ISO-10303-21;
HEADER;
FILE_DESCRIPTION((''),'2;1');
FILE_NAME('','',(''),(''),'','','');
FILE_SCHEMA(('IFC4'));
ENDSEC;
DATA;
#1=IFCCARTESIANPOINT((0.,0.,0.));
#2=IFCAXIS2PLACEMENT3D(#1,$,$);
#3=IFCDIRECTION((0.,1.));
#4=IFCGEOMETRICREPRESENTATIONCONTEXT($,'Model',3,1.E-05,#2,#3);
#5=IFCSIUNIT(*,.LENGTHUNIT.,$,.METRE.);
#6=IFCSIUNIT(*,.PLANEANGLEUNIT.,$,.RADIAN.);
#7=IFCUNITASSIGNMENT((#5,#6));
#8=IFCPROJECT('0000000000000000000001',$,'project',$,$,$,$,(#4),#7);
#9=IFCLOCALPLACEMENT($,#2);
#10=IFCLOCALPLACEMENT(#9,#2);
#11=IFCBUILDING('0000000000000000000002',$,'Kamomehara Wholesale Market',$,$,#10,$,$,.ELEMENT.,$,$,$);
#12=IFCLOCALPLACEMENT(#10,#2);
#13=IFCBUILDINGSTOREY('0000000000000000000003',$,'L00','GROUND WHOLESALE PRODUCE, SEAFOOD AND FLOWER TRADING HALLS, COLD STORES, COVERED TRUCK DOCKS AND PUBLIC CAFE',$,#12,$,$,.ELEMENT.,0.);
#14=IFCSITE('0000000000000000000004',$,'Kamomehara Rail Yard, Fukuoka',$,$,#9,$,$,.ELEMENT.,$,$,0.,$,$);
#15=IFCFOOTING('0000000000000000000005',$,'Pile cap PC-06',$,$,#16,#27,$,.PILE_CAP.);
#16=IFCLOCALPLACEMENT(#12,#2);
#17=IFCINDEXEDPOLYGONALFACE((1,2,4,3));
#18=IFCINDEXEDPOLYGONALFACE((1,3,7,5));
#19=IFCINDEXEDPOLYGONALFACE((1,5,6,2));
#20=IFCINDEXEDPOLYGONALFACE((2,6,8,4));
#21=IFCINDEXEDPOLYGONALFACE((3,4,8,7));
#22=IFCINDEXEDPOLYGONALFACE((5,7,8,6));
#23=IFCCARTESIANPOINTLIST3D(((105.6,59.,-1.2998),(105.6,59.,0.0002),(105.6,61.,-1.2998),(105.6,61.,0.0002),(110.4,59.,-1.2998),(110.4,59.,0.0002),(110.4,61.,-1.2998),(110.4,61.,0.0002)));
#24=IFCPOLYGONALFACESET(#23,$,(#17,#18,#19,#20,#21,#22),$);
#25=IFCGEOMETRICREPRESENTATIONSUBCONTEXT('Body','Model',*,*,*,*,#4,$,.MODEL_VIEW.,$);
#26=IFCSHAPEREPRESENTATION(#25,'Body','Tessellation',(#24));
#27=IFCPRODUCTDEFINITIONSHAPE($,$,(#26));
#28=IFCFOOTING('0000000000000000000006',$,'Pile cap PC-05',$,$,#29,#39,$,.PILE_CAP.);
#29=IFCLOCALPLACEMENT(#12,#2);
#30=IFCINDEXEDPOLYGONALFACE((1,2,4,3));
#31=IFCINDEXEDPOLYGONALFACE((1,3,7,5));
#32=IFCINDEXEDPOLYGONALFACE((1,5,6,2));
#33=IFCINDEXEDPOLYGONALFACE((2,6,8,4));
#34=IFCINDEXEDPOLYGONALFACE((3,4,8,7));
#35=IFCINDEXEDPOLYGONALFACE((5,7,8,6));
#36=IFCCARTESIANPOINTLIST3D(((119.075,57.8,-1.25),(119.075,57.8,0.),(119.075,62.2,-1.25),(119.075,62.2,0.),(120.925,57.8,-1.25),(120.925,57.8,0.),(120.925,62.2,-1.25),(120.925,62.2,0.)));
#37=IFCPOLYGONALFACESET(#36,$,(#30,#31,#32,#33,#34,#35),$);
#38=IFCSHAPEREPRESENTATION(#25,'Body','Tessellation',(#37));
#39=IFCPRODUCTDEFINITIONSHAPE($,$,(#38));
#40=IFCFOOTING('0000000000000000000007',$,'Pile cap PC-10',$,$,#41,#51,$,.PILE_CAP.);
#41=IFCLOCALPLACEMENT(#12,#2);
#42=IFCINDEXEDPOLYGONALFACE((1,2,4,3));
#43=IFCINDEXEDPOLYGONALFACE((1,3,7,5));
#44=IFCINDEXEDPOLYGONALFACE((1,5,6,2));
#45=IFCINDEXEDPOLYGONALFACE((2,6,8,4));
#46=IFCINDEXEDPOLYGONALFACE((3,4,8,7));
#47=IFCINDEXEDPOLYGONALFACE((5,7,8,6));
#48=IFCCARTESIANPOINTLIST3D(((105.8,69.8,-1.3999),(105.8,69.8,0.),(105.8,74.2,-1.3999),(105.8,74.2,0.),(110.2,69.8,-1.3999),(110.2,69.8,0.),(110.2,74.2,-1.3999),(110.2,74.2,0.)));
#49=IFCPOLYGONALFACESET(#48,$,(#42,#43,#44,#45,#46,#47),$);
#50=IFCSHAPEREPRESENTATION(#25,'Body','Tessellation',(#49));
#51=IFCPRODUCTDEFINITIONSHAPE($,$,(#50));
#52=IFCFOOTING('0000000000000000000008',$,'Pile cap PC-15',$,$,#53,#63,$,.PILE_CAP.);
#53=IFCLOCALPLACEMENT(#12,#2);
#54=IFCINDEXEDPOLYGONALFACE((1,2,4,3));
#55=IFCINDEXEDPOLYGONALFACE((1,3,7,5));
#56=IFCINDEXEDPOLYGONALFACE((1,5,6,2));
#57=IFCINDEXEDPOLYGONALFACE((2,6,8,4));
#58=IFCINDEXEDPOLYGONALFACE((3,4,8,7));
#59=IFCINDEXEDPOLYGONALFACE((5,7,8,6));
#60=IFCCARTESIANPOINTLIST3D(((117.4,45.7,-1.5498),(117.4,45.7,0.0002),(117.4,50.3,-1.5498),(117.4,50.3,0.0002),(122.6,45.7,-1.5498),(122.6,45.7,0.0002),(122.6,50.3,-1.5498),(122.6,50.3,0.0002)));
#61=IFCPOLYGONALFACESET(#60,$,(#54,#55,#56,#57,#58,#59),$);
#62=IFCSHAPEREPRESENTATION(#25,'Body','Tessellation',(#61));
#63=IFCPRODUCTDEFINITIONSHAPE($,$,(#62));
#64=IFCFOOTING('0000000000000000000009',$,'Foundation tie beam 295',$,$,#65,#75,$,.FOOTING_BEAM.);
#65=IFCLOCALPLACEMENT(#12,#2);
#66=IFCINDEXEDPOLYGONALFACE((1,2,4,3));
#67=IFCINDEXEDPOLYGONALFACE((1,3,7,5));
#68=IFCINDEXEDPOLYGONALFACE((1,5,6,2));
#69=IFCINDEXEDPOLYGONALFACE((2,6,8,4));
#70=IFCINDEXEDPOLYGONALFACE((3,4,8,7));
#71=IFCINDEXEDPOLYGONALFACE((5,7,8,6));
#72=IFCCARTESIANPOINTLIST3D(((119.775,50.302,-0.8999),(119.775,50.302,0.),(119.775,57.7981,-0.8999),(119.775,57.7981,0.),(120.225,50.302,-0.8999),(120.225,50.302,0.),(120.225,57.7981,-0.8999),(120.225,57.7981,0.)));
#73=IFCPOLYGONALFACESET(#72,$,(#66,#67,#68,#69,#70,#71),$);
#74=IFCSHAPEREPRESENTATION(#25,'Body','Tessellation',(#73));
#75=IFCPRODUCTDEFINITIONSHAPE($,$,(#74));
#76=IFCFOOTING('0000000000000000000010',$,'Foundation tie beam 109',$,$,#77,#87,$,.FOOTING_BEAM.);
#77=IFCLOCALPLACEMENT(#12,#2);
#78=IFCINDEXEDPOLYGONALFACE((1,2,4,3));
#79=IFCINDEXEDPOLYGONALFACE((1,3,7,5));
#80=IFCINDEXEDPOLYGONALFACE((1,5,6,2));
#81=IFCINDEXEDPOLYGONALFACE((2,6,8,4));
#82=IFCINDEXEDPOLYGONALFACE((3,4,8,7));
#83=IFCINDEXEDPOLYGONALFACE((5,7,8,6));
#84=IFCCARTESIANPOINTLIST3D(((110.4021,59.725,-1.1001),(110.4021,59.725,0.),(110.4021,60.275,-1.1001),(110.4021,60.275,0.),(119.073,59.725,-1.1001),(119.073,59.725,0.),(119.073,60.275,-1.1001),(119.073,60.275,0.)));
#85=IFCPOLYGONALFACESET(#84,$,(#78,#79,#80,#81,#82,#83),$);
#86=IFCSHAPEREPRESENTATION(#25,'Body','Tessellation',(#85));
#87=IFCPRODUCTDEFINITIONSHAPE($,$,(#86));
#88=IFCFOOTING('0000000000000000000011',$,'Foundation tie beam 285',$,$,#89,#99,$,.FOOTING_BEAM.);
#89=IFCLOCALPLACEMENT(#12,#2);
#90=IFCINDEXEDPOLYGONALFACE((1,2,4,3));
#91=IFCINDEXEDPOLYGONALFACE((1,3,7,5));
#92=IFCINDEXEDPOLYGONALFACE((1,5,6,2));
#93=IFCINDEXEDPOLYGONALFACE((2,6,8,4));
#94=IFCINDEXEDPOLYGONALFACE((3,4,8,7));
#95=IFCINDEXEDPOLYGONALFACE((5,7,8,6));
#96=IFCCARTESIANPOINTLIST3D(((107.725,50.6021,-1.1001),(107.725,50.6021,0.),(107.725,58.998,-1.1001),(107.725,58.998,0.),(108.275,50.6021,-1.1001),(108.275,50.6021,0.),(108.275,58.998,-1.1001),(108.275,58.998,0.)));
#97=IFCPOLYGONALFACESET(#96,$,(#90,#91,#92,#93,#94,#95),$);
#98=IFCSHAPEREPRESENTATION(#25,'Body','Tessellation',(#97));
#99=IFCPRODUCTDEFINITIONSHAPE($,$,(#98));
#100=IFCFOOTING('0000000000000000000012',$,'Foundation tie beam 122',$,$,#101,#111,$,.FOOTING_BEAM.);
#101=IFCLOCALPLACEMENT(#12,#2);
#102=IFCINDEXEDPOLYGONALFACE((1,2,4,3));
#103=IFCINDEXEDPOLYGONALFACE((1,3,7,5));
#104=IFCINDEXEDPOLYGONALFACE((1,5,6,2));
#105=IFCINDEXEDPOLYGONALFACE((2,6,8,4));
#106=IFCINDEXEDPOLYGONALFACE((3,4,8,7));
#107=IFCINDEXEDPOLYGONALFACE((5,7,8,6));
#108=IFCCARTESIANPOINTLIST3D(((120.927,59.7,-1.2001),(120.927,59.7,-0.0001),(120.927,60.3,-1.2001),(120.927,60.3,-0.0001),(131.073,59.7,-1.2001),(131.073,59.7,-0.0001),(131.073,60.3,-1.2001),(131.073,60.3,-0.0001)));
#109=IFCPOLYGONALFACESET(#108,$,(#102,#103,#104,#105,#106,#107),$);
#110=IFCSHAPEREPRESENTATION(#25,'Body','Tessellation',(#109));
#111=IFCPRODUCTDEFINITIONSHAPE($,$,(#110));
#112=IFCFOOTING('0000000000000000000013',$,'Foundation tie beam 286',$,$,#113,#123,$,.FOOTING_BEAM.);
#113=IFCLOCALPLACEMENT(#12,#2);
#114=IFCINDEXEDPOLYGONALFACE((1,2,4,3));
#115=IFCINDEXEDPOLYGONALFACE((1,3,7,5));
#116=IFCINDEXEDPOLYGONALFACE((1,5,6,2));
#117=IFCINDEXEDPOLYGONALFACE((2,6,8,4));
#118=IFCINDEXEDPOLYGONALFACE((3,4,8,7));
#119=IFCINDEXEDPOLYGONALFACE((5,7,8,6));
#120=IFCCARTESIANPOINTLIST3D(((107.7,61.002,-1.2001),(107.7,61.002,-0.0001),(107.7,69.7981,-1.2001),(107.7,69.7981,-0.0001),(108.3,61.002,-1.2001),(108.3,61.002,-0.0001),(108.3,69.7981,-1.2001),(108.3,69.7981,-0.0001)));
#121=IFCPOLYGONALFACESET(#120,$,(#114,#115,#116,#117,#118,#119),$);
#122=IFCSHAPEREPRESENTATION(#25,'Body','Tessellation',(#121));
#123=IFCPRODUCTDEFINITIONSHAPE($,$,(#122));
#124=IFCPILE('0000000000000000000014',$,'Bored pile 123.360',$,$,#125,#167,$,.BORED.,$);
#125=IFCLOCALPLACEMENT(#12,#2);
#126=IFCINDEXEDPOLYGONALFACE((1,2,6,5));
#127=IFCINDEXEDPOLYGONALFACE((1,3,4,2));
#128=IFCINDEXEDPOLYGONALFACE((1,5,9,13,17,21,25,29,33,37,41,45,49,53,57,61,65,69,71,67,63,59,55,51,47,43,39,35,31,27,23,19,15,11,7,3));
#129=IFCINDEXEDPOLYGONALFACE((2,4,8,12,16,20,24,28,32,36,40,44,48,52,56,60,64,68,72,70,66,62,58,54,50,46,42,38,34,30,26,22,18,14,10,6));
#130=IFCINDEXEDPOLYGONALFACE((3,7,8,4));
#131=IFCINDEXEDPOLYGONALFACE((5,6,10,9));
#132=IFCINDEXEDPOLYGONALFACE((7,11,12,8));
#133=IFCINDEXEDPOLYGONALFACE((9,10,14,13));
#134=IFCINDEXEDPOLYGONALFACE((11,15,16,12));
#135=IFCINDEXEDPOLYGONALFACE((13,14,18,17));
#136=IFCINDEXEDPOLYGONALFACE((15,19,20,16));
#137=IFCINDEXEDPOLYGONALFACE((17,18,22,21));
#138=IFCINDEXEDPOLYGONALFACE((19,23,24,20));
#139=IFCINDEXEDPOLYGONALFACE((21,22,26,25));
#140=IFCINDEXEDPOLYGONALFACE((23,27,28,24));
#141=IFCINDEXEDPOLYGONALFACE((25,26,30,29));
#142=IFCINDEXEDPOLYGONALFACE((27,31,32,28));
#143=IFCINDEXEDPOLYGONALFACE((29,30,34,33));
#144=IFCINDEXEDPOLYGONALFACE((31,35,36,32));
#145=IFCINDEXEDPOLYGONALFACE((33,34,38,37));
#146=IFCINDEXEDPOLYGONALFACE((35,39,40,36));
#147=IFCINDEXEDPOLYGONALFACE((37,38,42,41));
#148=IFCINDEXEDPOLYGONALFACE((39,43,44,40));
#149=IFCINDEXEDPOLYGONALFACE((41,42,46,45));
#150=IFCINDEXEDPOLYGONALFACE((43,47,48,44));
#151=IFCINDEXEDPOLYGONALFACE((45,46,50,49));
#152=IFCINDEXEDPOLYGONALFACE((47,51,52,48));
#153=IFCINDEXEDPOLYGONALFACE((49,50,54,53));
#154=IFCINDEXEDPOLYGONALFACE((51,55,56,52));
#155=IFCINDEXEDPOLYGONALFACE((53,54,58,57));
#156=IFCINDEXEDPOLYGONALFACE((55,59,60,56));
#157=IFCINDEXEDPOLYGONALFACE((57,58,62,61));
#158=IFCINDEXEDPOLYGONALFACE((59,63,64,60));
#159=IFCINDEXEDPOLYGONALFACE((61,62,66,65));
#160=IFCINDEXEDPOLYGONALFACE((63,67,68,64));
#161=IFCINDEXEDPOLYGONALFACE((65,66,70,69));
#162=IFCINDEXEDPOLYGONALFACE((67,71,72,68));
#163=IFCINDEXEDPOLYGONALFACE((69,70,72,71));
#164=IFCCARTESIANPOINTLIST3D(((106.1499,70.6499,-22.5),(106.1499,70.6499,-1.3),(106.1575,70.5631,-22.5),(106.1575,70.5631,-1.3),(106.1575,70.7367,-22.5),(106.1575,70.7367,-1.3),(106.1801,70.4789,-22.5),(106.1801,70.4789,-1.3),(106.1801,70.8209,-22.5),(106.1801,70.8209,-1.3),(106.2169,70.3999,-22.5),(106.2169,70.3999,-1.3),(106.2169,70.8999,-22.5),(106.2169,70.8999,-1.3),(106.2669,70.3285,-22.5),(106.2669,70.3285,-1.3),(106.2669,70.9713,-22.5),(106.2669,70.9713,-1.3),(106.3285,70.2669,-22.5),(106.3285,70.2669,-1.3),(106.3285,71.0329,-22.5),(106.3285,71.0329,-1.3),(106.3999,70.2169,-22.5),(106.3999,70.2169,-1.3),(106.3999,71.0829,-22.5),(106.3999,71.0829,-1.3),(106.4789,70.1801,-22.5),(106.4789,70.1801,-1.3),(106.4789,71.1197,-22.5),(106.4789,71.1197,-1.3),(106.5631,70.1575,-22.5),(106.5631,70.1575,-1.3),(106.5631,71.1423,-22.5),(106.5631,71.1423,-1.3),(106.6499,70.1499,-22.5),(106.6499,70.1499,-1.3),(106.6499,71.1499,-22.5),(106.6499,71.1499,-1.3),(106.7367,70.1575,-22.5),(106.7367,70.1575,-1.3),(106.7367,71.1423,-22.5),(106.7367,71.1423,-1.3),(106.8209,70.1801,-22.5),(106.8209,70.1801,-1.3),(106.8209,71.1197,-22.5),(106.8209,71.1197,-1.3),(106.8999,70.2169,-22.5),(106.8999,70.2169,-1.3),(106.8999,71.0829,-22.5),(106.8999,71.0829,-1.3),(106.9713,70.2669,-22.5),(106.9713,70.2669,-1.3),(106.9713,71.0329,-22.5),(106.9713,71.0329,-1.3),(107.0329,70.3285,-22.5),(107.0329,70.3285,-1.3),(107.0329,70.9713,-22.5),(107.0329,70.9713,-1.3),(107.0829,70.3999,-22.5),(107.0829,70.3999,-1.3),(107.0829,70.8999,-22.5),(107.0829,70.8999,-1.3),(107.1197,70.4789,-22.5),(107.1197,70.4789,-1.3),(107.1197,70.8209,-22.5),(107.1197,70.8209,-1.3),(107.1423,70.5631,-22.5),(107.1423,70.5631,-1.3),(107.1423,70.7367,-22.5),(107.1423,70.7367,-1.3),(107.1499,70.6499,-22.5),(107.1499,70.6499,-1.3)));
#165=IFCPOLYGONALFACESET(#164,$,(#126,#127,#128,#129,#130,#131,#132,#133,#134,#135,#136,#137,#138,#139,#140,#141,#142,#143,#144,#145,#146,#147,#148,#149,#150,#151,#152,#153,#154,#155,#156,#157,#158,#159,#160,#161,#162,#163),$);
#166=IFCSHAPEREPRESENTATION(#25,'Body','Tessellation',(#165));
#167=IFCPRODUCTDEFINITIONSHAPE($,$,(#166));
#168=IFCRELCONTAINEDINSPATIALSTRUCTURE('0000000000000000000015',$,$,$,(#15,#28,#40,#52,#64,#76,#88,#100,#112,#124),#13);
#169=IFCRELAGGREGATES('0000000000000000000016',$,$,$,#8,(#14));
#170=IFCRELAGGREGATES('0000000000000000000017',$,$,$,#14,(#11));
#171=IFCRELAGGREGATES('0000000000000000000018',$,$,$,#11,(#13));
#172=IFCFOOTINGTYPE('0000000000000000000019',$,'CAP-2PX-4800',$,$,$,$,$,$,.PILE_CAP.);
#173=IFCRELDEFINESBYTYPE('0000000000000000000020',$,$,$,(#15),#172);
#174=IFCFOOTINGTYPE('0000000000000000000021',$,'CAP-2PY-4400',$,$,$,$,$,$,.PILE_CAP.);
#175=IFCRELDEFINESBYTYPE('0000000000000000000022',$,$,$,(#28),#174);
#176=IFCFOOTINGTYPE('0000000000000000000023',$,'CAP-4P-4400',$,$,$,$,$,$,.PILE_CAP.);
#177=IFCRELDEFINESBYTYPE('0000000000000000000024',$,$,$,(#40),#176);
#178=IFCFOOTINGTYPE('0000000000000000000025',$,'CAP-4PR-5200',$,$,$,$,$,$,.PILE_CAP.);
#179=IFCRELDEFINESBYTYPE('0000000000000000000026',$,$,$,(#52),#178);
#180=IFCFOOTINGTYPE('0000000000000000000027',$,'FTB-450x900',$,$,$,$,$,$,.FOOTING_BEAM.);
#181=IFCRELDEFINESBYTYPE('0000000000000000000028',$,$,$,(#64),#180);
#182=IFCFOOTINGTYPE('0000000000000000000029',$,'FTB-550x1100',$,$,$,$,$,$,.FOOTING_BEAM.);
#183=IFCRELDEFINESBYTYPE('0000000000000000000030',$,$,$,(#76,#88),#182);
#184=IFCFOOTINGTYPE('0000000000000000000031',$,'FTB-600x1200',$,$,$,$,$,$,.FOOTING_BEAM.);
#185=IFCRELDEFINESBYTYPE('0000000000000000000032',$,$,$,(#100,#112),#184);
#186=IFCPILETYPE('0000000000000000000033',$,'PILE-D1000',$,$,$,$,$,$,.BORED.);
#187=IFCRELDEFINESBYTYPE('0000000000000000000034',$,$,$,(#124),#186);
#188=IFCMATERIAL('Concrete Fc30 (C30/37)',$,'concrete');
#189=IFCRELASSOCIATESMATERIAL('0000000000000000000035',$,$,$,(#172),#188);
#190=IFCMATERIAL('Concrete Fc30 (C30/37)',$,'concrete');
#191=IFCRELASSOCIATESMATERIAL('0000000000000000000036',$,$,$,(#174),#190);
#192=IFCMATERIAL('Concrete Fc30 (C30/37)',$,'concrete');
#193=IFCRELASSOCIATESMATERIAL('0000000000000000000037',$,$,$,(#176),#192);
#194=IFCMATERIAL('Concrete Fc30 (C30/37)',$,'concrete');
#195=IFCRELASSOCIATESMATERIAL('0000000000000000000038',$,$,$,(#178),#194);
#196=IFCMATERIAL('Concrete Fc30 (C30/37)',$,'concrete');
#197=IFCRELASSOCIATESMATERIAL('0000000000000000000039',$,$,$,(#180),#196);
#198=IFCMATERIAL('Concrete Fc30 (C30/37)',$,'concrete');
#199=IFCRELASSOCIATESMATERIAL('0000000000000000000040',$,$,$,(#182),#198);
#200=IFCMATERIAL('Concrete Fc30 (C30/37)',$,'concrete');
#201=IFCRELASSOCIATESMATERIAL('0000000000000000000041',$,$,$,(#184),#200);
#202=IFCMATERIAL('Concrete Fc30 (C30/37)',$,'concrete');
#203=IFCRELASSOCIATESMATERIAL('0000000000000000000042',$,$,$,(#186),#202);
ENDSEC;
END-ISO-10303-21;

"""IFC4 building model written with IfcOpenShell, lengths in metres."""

from ifc_helpers import new_model, si_unit, direction, frame, origin, origin_2d, place, context, subcontext, project, spatial, rectangle, circle, extrude, material, material_profile, profile_set, type_object, element, save


model = new_model("IFC4")

# Units and contexts
model_context = context("Model", 3, precision=1e-05, world=origin(), true_north=direction((0.0, 1.0)))
body_context = subcontext(model_context, "Body", "Model", "MODEL_VIEW")
ifc_project = project(units=[si_unit("LENGTHUNIT", "METRE"), si_unit("PLANEANGLEUNIT", "RADIAN")], contexts=[model_context])

# Site, building, storey
site_placement = place(None, origin())
site = spatial("IfcSite", under=ifc_project, at=site_placement, Name="Kamomehara Rail Yard, Fukuoka", CompositionType="ELEMENT", RefElevation=0.0)
building_placement = place(site_placement, origin())
building = spatial("IfcBuilding", under=site, at=building_placement, Name="Kamomehara Wholesale Market", CompositionType="ELEMENT")
storey_placement = place(building_placement, origin())
storey = spatial("IfcBuildingStorey", under=building, at=storey_placement, Name="L00", Description="GROUND WHOLESALE PRODUCE, SEAFOOD AND FLOWER TRADING HALLS, COLD STORES, COVERED TRUCK DOCKS AND PUBLIC CAFE", CompositionType="ELEMENT", Elevation=0.0)

# Footings
ifc_material_1 = material(Name="Concrete Fc30 (C30/37)", Category="concrete")
footing_type_1 = type_object("IfcFootingType", Name="CAP-2PX-4800", PredefinedType="PILE_CAP", material=ifc_material_1)
footing_1_placement = place(storey_placement, frame((108.0, 60.0, -1.2998), z_axis=(0.0, 0.0, 1.0), x_axis=(1.0, 0.0, 0.0)))
element("IfcFooting", 1, at=footing_1_placement, inside=storey, type_object=footing_type_1, Name="Pile cap PC-06", PredefinedType="PILE_CAP", context=body_context, shape_type="SweptSolid", body=[
    extrude(rectangle(XDim=4.8, YDim=2.0, at=origin_2d()), origin(), (0.0, 0.0, 1.0), 1.3),
])
ifc_material_2 = material(Name="Concrete Fc30 (C30/37)", Category="concrete")
footing_type_2 = type_object("IfcFootingType", Name="CAP-2PY-4400", PredefinedType="PILE_CAP", material=ifc_material_2)
footing_2_placement = place(storey_placement, frame((120.0, 60.0, -1.25), z_axis=(0.0, 0.0, 1.0), x_axis=(1.0, 0.0, 0.0)))
element("IfcFooting", 2, at=footing_2_placement, inside=storey, type_object=footing_type_2, Name="Pile cap PC-05", PredefinedType="PILE_CAP", context=body_context, shape_type="SweptSolid", body=[
    extrude(rectangle(XDim=1.8501, YDim=4.3999, at=origin_2d()), origin(), (0.0, 0.0, 1.0), 1.25),
])
ifc_material_3 = material(Name="Concrete Fc30 (C30/37)", Category="concrete")
footing_type_3 = type_object("IfcFootingType", Name="CAP-4P-4400", PredefinedType="PILE_CAP", material=ifc_material_3)
footing_3_placement = place(storey_placement, frame((108.0, 72.0, -1.3999), z_axis=(0.0, 0.0, 1.0), x_axis=(1.0, 0.0, 0.0)))
element("IfcFooting", 3, at=footing_3_placement, inside=storey, type_object=footing_type_3, Name="Pile cap PC-10", PredefinedType="PILE_CAP", context=body_context, shape_type="SweptSolid", body=[
    extrude(rectangle(XDim=4.3999, YDim=4.3999, at=origin_2d()), origin(), (0.0, 0.0, 1.0), 1.3999),
])
ifc_material_4 = material(Name="Concrete Fc30 (C30/37)", Category="concrete")
footing_type_4 = type_object("IfcFootingType", Name="CAP-4PR-5200", PredefinedType="PILE_CAP", material=ifc_material_4)
footing_4_placement = place(storey_placement, frame((120.0, 48.0, -1.5498), z_axis=(0.0, 0.0, 1.0), x_axis=(1.0, 0.0, 0.0)))
element("IfcFooting", 4, at=footing_4_placement, inside=storey, type_object=footing_type_4, Name="Pile cap PC-15", PredefinedType="PILE_CAP", context=body_context, shape_type="SweptSolid", body=[
    extrude(rectangle(XDim=5.2, YDim=4.6001, at=origin_2d()), origin(), (0.0, 0.0, 1.0), 1.55),
])
ifc_material_5 = material(Name="Concrete Fc30 (C30/37)", Category="concrete")
ifc_material_profile_1 = material_profile(ifc_material_5, rectangle(XDim=0.45, YDim=0.8999, at=origin_2d()), Name="RC-FTB-450x900")
ifc_profile_set_1 = profile_set([ifc_material_profile_1], Name="Concrete Fc30 (C30/37)")
footing_type_5 = type_object("IfcFootingType", Name="FTB-450x900", PredefinedType="FOOTING_BEAM", material=ifc_profile_set_1)
footing_5_placement = place(storey_placement, frame((120.0, 50.302, -0.45), z_axis=(0.0, 1.0, 0.0), x_axis=(-1.0, 0.0, 0.0)))
element("IfcFooting", 5, at=footing_5_placement, inside=storey, type_object=footing_type_5, Name="Foundation tie beam 295", PredefinedType="FOOTING_BEAM", context=body_context, shape_type="SweptSolid", body=[
    extrude(rectangle(XDim=0.45, YDim=0.8999, at=origin_2d()), origin(), (0.0, 0.0, 1.0), 7.4961),
])
ifc_material_6 = material(Name="Concrete Fc30 (C30/37)", Category="concrete")
ifc_material_profile_2 = material_profile(ifc_material_6, rectangle(XDim=0.55, YDim=1.1001, at=origin_2d()), Name="RC-FTB-550x1100")
ifc_profile_set_2 = profile_set([ifc_material_profile_2], Name="Concrete Fc30 (C30/37)")
footing_type_6 = type_object("IfcFootingType", Name="FTB-550x1100", PredefinedType="FOOTING_BEAM", material=ifc_profile_set_2)
footing_6_placement = place(storey_placement, frame((110.4021, 60.0, -0.55), z_axis=(1.0, 0.0, 0.0), x_axis=(0.0, 1.0, 0.0)))
element("IfcFooting", 6, at=footing_6_placement, inside=storey, type_object=footing_type_6, Name="Foundation tie beam 109", PredefinedType="FOOTING_BEAM", context=body_context, shape_type="SweptSolid", body=[
    extrude(rectangle(XDim=0.55, YDim=1.1001, at=origin_2d()), origin(), (0.0, 0.0, 1.0), 8.6709),
])
footing_7_placement = place(storey_placement, frame((108.0, 50.6021, -0.55), z_axis=(0.0, 1.0, 0.0), x_axis=(-1.0, 0.0, 0.0)))
element("IfcFooting", 7, at=footing_7_placement, inside=storey, type_object=footing_type_6, Name="Foundation tie beam 285", PredefinedType="FOOTING_BEAM", context=body_context, shape_type="SweptSolid", body=[
    extrude(rectangle(XDim=0.55, YDim=1.1001, at=origin_2d()), origin(), (0.0, 0.0, 1.0), 8.396),
])
ifc_material_7 = material(Name="Concrete Fc30 (C30/37)", Category="concrete")
ifc_material_profile_3 = material_profile(ifc_material_7, rectangle(XDim=0.6001, YDim=1.2, at=origin_2d()), Name="RC-FTB-600x1200")
ifc_profile_set_3 = profile_set([ifc_material_profile_3], Name="Concrete Fc30 (C30/37)")
footing_type_7 = type_object("IfcFootingType", Name="FTB-600x1200", PredefinedType="FOOTING_BEAM", material=ifc_profile_set_3)
footing_8_placement = place(storey_placement, frame((120.927, 60.0, -0.6001), z_axis=(1.0, 0.0, 0.0), x_axis=(0.0, 1.0, 0.0)))
element("IfcFooting", 8, at=footing_8_placement, inside=storey, type_object=footing_type_7, Name="Foundation tie beam 122", PredefinedType="FOOTING_BEAM", context=body_context, shape_type="SweptSolid", body=[
    extrude(rectangle(XDim=0.6001, YDim=1.2, at=origin_2d()), origin(), (0.0, 0.0, 1.0), 10.146),
])
footing_9_placement = place(storey_placement, frame((108.0, 61.002, -0.6001), z_axis=(0.0, 1.0, 0.0), x_axis=(-1.0, 0.0, 0.0)))
element("IfcFooting", 9, at=footing_9_placement, inside=storey, type_object=footing_type_7, Name="Foundation tie beam 286", PredefinedType="FOOTING_BEAM", context=body_context, shape_type="SweptSolid", body=[
    extrude(rectangle(XDim=0.6001, YDim=1.2, at=origin_2d()), origin(), (0.0, 0.0, 1.0), 8.7961),
])

# Pile
ifc_material_8 = material(Name="Concrete Fc30 (C30/37)", Category="concrete")
ifc_material_profile_4 = material_profile(ifc_material_8, circle(Radius=0.5, at=origin_2d()), Name="RC-PILE-D1000")
ifc_profile_set_4 = profile_set([ifc_material_profile_4], Name="Concrete Fc30 (C30/37)")
pile_type_1 = type_object("IfcPileType", Name="PILE-D1000", PredefinedType="BORED", material=ifc_profile_set_4)
for number, where, z_axis, x_axis, name in (
    (10, (106.6499, 70.6499, -1.3), (0.0, 0.0, -1.0), (1.0, 0.0, 0.0), "Bored pile 123.360"),
):
    element("IfcPile", number, at=place(storey_placement, frame(where, z_axis=z_axis, x_axis=x_axis)), inside=storey, type_object=pile_type_1, Name=name, PredefinedType="BORED", context=body_context, shape_type="SweptSolid", body=[
        extrude(circle(Radius=0.5, at=origin_2d()), origin(), (0.0, 0.0, 1.0), 21.2),
    ])

save(model, "model.ifc")
